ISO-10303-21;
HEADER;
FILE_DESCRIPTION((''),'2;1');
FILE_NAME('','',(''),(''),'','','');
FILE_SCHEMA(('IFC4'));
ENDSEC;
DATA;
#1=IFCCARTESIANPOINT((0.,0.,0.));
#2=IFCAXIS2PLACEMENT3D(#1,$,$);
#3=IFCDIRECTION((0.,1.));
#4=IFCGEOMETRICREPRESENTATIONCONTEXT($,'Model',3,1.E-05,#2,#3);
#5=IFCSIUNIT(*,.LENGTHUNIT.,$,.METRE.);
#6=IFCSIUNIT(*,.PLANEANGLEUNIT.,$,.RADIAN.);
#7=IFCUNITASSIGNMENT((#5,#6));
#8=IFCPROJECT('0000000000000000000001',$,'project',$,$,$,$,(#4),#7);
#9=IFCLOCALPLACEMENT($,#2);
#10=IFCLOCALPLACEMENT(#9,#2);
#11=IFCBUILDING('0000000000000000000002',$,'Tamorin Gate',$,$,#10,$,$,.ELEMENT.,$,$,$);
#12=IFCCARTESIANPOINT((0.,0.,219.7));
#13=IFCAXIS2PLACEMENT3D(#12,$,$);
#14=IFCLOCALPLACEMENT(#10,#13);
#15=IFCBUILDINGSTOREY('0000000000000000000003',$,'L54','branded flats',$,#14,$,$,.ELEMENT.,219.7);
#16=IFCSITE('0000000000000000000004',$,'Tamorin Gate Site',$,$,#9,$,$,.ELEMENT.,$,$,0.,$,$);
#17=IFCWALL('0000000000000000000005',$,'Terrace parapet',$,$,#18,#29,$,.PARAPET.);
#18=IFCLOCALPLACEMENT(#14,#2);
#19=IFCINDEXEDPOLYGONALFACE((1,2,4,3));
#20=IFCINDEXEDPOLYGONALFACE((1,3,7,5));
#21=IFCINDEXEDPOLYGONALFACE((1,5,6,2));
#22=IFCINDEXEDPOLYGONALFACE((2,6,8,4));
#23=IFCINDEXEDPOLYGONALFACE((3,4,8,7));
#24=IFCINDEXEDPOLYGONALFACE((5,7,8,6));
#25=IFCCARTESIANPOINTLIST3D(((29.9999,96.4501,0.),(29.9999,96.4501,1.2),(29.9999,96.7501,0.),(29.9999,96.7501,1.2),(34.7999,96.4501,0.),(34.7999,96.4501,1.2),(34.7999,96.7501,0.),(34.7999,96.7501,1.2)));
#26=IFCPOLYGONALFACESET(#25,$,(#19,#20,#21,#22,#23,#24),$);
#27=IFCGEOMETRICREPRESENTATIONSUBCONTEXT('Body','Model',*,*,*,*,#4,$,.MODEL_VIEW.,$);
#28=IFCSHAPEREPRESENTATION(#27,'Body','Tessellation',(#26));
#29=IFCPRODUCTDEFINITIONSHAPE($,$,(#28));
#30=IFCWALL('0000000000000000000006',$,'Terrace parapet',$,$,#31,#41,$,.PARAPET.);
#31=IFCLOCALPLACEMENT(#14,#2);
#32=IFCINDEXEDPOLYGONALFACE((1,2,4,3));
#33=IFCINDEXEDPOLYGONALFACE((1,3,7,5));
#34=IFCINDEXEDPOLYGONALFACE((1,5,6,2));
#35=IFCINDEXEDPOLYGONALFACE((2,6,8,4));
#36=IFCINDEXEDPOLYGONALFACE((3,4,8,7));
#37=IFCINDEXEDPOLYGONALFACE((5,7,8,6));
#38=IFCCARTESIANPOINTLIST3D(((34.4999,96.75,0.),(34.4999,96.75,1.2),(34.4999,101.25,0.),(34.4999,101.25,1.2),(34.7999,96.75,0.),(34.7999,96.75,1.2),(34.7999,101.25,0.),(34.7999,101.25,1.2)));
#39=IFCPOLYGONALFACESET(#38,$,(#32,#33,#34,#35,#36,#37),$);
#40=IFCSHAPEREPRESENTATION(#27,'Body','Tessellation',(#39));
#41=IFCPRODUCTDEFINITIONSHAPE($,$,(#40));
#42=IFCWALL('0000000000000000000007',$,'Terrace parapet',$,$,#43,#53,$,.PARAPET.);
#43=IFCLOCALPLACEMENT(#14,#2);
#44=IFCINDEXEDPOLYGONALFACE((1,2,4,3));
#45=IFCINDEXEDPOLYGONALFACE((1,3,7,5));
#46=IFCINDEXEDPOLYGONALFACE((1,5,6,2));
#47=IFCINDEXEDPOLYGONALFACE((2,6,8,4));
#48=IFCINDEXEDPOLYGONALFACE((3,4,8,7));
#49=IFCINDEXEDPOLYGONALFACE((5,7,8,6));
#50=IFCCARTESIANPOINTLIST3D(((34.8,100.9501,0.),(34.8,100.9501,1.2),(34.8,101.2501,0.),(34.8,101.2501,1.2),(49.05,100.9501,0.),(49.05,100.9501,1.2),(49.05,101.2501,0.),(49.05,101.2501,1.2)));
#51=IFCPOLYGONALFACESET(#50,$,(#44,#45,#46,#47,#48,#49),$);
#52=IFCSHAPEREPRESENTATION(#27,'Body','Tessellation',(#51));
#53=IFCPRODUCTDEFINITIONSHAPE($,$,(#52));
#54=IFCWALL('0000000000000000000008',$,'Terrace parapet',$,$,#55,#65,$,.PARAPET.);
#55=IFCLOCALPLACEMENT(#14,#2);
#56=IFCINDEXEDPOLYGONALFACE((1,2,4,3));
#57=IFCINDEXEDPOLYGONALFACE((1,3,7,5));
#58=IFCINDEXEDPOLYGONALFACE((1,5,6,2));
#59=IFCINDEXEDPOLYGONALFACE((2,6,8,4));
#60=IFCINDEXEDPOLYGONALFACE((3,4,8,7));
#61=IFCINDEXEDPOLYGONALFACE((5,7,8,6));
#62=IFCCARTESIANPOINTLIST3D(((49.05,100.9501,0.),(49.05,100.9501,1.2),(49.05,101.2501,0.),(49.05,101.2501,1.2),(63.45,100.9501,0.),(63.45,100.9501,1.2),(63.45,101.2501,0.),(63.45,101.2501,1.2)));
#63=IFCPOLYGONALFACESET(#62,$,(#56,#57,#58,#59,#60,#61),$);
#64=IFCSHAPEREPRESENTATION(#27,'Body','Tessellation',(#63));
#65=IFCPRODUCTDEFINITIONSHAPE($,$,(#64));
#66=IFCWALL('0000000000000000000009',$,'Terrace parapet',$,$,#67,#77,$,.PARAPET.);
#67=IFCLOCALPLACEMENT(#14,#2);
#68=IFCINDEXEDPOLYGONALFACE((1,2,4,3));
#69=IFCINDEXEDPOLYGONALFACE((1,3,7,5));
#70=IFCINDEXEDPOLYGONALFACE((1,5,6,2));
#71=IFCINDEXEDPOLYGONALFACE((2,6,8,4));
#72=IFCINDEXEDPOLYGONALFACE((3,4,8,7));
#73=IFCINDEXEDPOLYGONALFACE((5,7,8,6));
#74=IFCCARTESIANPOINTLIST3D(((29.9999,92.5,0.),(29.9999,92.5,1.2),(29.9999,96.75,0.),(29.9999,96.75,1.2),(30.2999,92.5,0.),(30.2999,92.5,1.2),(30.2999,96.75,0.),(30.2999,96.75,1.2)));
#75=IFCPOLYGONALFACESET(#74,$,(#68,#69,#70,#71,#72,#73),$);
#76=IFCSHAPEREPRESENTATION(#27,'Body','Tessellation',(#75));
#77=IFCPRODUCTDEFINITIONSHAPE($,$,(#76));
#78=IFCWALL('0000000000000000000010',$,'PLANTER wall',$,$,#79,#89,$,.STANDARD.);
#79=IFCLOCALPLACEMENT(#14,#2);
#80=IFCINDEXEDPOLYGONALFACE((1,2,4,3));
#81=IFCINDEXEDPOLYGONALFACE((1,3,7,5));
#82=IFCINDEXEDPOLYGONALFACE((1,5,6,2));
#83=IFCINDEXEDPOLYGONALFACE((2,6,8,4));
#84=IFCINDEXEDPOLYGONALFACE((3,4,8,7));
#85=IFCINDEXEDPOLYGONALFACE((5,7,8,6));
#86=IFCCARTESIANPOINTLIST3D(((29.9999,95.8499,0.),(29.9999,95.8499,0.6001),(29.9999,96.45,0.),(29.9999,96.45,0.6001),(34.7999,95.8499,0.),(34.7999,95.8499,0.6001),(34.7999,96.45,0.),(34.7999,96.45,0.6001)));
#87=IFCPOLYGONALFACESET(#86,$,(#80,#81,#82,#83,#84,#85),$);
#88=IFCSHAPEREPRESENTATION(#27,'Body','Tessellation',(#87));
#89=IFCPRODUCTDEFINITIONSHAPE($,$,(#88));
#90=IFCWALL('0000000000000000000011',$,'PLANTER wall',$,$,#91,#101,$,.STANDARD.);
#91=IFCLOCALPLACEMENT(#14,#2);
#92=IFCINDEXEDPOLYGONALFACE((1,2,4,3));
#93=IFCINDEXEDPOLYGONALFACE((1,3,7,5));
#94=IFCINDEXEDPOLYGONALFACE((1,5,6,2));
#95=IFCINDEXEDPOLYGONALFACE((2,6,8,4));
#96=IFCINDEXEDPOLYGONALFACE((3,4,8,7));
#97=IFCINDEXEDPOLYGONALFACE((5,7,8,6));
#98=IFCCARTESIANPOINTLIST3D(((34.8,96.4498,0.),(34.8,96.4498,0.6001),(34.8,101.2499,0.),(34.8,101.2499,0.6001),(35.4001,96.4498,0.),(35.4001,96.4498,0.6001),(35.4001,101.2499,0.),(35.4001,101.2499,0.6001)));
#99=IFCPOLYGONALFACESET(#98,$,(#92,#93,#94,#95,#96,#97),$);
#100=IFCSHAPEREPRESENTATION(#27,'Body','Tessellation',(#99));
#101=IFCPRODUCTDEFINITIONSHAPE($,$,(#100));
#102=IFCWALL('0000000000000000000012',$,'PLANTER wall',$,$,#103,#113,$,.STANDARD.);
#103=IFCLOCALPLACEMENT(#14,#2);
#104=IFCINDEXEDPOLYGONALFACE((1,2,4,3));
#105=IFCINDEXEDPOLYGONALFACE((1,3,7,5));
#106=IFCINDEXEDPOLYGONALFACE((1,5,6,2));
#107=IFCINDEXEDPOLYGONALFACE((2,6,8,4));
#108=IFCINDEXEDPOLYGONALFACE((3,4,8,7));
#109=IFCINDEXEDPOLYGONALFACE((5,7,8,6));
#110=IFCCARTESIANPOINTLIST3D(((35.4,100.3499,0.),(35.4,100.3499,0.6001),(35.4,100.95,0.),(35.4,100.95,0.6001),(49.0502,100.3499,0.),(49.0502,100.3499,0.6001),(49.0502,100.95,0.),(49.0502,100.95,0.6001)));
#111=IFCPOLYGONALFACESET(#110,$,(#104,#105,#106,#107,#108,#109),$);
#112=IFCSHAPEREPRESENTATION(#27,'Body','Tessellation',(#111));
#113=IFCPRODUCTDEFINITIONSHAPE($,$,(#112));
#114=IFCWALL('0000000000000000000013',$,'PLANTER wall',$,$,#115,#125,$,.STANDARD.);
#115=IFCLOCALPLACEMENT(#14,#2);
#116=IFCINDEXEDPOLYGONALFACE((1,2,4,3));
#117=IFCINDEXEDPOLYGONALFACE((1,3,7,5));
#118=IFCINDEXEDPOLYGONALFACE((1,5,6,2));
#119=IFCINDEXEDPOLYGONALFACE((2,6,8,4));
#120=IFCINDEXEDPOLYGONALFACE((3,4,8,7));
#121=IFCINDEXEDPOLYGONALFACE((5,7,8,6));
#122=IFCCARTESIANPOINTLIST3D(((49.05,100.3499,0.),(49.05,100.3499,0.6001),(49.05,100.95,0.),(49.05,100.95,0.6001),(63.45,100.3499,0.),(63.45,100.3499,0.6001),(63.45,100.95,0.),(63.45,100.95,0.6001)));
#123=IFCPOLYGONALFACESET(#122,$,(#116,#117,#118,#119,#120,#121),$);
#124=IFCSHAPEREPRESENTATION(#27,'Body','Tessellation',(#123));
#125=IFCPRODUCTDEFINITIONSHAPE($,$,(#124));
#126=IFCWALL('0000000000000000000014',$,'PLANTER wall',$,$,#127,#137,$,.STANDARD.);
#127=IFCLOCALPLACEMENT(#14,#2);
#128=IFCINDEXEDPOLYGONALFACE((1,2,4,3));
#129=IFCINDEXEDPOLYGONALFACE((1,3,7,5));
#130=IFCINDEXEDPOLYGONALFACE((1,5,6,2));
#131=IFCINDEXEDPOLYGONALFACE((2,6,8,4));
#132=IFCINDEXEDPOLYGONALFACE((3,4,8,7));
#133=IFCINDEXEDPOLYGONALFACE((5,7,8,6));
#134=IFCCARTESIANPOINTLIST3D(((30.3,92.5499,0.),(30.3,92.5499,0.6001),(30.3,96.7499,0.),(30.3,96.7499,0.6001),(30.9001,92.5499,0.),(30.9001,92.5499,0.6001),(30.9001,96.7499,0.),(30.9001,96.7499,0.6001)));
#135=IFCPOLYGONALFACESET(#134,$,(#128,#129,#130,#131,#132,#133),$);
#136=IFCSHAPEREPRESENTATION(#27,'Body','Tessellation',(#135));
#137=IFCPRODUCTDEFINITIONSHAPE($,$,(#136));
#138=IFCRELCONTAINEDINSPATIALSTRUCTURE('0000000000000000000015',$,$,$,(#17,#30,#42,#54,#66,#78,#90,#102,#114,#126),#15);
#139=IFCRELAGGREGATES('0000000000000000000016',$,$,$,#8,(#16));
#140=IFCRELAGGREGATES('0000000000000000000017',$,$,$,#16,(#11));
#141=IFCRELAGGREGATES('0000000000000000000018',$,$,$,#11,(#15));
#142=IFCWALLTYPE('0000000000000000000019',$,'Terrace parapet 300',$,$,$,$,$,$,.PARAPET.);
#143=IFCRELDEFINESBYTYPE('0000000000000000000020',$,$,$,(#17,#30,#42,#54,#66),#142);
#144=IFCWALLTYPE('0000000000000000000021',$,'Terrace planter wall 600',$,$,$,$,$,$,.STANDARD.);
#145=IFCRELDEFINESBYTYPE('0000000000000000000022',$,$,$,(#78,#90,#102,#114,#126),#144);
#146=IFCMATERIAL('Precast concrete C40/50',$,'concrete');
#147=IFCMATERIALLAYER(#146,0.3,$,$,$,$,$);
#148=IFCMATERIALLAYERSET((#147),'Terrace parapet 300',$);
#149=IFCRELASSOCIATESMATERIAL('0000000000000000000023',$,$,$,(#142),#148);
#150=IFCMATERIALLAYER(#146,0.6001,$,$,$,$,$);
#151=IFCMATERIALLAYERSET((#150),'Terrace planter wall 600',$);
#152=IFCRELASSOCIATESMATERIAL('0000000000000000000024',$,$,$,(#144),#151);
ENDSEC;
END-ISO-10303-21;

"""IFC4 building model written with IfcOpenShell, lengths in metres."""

from ifc_helpers import new_model, si_unit, direction, frame, frame_2d, origin, place, context, subcontext, project, spatial, rectangle, extrude, material, layer, layer_set, type_object, element, save


model = new_model("IFC4")

# Units and contexts
model_context = context("Model", 3, precision=1e-05, world=origin(), true_north=direction((0.0, 1.0)))
body_context = subcontext(model_context, "Body", "Model", "MODEL_VIEW")
ifc_project = project(units=[si_unit("LENGTHUNIT", "METRE"), si_unit("PLANEANGLEUNIT", "RADIAN")], contexts=[model_context])

# Site, building, storey
site_placement = place(None, origin())
site = spatial("IfcSite", under=ifc_project, at=site_placement, Name="Tamorin Gate Site", CompositionType="ELEMENT", RefElevation=0.0)
building_placement = place(site_placement, origin())
building = spatial("IfcBuilding", under=site, at=building_placement, Name="Tamorin Gate", CompositionType="ELEMENT")
storey_placement = place(building_placement, frame((0.0, 0.0, 219.7)))
storey = spatial("IfcBuildingStorey", under=building, at=storey_placement, Name="L54", Description="branded flats", CompositionType="ELEMENT", Elevation=219.7)

# Shared definitions
ifc_material_1 = material(Name="Precast concrete C40/50", Category="concrete")

# Walls
ifc_layer_1 = layer(ifc_material_1, 0.3)
ifc_layer_set_1 = layer_set([ifc_layer_1], Name="Terrace parapet 300")
wall_type_1 = type_object("IfcWallType", Name="Terrace parapet 300", PredefinedType="PARAPET", material=ifc_layer_set_1)
wall_1_placement = place(storey_placement, frame((30.0, 96.6001, 0.0), z_axis=(0.0, 0.0, 1.0), x_axis=(1.0, 0.0, 0.0)))
element("IfcWall", 1, at=wall_1_placement, inside=storey, type_object=wall_type_1, Name="Terrace parapet", PredefinedType="PARAPET", context=body_context, shape_type="SweptSolid", body=[
    extrude(rectangle(XDim=4.8, YDim=0.3, at=frame_2d((2.3999, 0.0))), origin(), (0.0, 0.0, 1.0), 1.2),
])
wall_2_placement = place(storey_placement, frame((34.6499, 96.75, 0.0), z_axis=(0.0, 0.0, 1.0), x_axis=(0.0, 1.0, 0.0)))
element("IfcWall", 2, at=wall_2_placement, inside=storey, type_object=wall_type_1, Name="Terrace parapet", PredefinedType="PARAPET", context=body_context, shape_type="SweptSolid", body=[
    extrude(rectangle(XDim=4.5, YDim=0.3, at=frame_2d((2.25, 0.0))), origin(), (0.0, 0.0, 1.0), 1.2),
])
wall_3_placement = place(storey_placement, frame((34.8, 101.1001, 0.0), z_axis=(0.0, 0.0, 1.0), x_axis=(1.0, 0.0, 0.0)))
element("IfcWall", 3, at=wall_3_placement, inside=storey, type_object=wall_type_1, Name="Terrace parapet", PredefinedType="PARAPET", context=body_context, shape_type="SweptSolid", body=[
    extrude(rectangle(XDim=14.25, YDim=0.3, at=frame_2d((7.125, 0.0))), origin(), (0.0, 0.0, 1.0), 1.2),
])
wall_4_placement = place(storey_placement, frame((49.05, 101.1001, 0.0), z_axis=(0.0, 0.0, 1.0), x_axis=(1.0, 0.0, 0.0)))
element("IfcWall", 4, at=wall_4_placement, inside=storey, type_object=wall_type_1, Name="Terrace parapet", PredefinedType="PARAPET", context=body_context, shape_type="SweptSolid", body=[
    extrude(rectangle(XDim=14.3999, YDim=0.3, at=frame_2d((7.2, 0.0))), origin(), (0.0, 0.0, 1.0), 1.2),
])
wall_5_placement = place(storey_placement, frame((30.1499, 92.5, 0.0), z_axis=(0.0, 0.0, 1.0), x_axis=(0.0, 1.0, 0.0)))
element("IfcWall", 5, at=wall_5_placement, inside=storey, type_object=wall_type_1, Name="Terrace parapet", PredefinedType="PARAPET", context=body_context, shape_type="SweptSolid", body=[
    extrude(rectangle(XDim=4.25, YDim=0.3, at=frame_2d((2.125, 0.0))), origin(), (0.0, 0.0, 1.0), 1.2),
])
ifc_layer_2 = layer(ifc_material_1, 0.6001)
ifc_layer_set_2 = layer_set([ifc_layer_2], Name="Terrace planter wall 600")
wall_type_2 = type_object("IfcWallType", Name="Terrace planter wall 600", PredefinedType="STANDARD", material=ifc_layer_set_2)
for number, where, z_axis, x_axis, name in (
    (6, (30.0, 96.1499, 0.0), (0.0, 0.0, 1.0), (1.0, 0.0, 0.0), "PLANTER wall"),
    (7, (35.1001, 96.45, 0.0), (0.0, 0.0, 1.0), (0.0, 1.0, 0.0), "PLANTER wall"),
):
    element("IfcWall", number, at=place(storey_placement, frame(where, z_axis=z_axis, x_axis=x_axis)), inside=storey, type_object=wall_type_2, Name=name, PredefinedType="STANDARD", context=body_context, shape_type="SweptSolid", body=[
        extrude(rectangle(XDim=4.8, YDim=0.6001, at=frame_2d((2.3999, 0.0))), origin(), (0.0, 0.0, 1.0), 0.6001),
    ])
wall_6_placement = place(storey_placement, frame((35.3999, 100.6499, 0.0), z_axis=(0.0, 0.0, 1.0), x_axis=(1.0, 0.0, 0.0)))
element("IfcWall", 8, at=wall_6_placement, inside=storey, type_object=wall_type_2, Name="PLANTER wall", PredefinedType="STANDARD", context=body_context, shape_type="SweptSolid", body=[
    extrude(rectangle(XDim=13.6501, YDim=0.6001, at=frame_2d((6.8252, 0.0))), origin(), (0.0, 0.0, 1.0), 0.6001),
])
wall_7_placement = place(storey_placement, frame((49.05, 100.6499, 0.0), z_axis=(0.0, 0.0, 1.0), x_axis=(1.0, 0.0, 0.0)))
element("IfcWall", 9, at=wall_7_placement, inside=storey, type_object=wall_type_2, Name="PLANTER wall", PredefinedType="STANDARD", context=body_context, shape_type="SweptSolid", body=[
    extrude(rectangle(XDim=14.3999, YDim=0.6001, at=frame_2d((7.2, 0.0))), origin(), (0.0, 0.0, 1.0), 0.6001),
])
wall_8_placement = place(storey_placement, frame((30.6001, 96.75, 0.0), z_axis=(0.0, 0.0, 1.0), x_axis=(0.0, -1.0, 0.0)))
element("IfcWall", 10, at=wall_8_placement, inside=storey, type_object=wall_type_2, Name="PLANTER wall", PredefinedType="STANDARD", context=body_context, shape_type="SweptSolid", body=[
    extrude(rectangle(XDim=4.2, YDim=0.6001, at=frame_2d((2.1001, 0.0))), origin(), (0.0, 0.0, 1.0), 0.6001),
])

save(model, "model.ifc")
